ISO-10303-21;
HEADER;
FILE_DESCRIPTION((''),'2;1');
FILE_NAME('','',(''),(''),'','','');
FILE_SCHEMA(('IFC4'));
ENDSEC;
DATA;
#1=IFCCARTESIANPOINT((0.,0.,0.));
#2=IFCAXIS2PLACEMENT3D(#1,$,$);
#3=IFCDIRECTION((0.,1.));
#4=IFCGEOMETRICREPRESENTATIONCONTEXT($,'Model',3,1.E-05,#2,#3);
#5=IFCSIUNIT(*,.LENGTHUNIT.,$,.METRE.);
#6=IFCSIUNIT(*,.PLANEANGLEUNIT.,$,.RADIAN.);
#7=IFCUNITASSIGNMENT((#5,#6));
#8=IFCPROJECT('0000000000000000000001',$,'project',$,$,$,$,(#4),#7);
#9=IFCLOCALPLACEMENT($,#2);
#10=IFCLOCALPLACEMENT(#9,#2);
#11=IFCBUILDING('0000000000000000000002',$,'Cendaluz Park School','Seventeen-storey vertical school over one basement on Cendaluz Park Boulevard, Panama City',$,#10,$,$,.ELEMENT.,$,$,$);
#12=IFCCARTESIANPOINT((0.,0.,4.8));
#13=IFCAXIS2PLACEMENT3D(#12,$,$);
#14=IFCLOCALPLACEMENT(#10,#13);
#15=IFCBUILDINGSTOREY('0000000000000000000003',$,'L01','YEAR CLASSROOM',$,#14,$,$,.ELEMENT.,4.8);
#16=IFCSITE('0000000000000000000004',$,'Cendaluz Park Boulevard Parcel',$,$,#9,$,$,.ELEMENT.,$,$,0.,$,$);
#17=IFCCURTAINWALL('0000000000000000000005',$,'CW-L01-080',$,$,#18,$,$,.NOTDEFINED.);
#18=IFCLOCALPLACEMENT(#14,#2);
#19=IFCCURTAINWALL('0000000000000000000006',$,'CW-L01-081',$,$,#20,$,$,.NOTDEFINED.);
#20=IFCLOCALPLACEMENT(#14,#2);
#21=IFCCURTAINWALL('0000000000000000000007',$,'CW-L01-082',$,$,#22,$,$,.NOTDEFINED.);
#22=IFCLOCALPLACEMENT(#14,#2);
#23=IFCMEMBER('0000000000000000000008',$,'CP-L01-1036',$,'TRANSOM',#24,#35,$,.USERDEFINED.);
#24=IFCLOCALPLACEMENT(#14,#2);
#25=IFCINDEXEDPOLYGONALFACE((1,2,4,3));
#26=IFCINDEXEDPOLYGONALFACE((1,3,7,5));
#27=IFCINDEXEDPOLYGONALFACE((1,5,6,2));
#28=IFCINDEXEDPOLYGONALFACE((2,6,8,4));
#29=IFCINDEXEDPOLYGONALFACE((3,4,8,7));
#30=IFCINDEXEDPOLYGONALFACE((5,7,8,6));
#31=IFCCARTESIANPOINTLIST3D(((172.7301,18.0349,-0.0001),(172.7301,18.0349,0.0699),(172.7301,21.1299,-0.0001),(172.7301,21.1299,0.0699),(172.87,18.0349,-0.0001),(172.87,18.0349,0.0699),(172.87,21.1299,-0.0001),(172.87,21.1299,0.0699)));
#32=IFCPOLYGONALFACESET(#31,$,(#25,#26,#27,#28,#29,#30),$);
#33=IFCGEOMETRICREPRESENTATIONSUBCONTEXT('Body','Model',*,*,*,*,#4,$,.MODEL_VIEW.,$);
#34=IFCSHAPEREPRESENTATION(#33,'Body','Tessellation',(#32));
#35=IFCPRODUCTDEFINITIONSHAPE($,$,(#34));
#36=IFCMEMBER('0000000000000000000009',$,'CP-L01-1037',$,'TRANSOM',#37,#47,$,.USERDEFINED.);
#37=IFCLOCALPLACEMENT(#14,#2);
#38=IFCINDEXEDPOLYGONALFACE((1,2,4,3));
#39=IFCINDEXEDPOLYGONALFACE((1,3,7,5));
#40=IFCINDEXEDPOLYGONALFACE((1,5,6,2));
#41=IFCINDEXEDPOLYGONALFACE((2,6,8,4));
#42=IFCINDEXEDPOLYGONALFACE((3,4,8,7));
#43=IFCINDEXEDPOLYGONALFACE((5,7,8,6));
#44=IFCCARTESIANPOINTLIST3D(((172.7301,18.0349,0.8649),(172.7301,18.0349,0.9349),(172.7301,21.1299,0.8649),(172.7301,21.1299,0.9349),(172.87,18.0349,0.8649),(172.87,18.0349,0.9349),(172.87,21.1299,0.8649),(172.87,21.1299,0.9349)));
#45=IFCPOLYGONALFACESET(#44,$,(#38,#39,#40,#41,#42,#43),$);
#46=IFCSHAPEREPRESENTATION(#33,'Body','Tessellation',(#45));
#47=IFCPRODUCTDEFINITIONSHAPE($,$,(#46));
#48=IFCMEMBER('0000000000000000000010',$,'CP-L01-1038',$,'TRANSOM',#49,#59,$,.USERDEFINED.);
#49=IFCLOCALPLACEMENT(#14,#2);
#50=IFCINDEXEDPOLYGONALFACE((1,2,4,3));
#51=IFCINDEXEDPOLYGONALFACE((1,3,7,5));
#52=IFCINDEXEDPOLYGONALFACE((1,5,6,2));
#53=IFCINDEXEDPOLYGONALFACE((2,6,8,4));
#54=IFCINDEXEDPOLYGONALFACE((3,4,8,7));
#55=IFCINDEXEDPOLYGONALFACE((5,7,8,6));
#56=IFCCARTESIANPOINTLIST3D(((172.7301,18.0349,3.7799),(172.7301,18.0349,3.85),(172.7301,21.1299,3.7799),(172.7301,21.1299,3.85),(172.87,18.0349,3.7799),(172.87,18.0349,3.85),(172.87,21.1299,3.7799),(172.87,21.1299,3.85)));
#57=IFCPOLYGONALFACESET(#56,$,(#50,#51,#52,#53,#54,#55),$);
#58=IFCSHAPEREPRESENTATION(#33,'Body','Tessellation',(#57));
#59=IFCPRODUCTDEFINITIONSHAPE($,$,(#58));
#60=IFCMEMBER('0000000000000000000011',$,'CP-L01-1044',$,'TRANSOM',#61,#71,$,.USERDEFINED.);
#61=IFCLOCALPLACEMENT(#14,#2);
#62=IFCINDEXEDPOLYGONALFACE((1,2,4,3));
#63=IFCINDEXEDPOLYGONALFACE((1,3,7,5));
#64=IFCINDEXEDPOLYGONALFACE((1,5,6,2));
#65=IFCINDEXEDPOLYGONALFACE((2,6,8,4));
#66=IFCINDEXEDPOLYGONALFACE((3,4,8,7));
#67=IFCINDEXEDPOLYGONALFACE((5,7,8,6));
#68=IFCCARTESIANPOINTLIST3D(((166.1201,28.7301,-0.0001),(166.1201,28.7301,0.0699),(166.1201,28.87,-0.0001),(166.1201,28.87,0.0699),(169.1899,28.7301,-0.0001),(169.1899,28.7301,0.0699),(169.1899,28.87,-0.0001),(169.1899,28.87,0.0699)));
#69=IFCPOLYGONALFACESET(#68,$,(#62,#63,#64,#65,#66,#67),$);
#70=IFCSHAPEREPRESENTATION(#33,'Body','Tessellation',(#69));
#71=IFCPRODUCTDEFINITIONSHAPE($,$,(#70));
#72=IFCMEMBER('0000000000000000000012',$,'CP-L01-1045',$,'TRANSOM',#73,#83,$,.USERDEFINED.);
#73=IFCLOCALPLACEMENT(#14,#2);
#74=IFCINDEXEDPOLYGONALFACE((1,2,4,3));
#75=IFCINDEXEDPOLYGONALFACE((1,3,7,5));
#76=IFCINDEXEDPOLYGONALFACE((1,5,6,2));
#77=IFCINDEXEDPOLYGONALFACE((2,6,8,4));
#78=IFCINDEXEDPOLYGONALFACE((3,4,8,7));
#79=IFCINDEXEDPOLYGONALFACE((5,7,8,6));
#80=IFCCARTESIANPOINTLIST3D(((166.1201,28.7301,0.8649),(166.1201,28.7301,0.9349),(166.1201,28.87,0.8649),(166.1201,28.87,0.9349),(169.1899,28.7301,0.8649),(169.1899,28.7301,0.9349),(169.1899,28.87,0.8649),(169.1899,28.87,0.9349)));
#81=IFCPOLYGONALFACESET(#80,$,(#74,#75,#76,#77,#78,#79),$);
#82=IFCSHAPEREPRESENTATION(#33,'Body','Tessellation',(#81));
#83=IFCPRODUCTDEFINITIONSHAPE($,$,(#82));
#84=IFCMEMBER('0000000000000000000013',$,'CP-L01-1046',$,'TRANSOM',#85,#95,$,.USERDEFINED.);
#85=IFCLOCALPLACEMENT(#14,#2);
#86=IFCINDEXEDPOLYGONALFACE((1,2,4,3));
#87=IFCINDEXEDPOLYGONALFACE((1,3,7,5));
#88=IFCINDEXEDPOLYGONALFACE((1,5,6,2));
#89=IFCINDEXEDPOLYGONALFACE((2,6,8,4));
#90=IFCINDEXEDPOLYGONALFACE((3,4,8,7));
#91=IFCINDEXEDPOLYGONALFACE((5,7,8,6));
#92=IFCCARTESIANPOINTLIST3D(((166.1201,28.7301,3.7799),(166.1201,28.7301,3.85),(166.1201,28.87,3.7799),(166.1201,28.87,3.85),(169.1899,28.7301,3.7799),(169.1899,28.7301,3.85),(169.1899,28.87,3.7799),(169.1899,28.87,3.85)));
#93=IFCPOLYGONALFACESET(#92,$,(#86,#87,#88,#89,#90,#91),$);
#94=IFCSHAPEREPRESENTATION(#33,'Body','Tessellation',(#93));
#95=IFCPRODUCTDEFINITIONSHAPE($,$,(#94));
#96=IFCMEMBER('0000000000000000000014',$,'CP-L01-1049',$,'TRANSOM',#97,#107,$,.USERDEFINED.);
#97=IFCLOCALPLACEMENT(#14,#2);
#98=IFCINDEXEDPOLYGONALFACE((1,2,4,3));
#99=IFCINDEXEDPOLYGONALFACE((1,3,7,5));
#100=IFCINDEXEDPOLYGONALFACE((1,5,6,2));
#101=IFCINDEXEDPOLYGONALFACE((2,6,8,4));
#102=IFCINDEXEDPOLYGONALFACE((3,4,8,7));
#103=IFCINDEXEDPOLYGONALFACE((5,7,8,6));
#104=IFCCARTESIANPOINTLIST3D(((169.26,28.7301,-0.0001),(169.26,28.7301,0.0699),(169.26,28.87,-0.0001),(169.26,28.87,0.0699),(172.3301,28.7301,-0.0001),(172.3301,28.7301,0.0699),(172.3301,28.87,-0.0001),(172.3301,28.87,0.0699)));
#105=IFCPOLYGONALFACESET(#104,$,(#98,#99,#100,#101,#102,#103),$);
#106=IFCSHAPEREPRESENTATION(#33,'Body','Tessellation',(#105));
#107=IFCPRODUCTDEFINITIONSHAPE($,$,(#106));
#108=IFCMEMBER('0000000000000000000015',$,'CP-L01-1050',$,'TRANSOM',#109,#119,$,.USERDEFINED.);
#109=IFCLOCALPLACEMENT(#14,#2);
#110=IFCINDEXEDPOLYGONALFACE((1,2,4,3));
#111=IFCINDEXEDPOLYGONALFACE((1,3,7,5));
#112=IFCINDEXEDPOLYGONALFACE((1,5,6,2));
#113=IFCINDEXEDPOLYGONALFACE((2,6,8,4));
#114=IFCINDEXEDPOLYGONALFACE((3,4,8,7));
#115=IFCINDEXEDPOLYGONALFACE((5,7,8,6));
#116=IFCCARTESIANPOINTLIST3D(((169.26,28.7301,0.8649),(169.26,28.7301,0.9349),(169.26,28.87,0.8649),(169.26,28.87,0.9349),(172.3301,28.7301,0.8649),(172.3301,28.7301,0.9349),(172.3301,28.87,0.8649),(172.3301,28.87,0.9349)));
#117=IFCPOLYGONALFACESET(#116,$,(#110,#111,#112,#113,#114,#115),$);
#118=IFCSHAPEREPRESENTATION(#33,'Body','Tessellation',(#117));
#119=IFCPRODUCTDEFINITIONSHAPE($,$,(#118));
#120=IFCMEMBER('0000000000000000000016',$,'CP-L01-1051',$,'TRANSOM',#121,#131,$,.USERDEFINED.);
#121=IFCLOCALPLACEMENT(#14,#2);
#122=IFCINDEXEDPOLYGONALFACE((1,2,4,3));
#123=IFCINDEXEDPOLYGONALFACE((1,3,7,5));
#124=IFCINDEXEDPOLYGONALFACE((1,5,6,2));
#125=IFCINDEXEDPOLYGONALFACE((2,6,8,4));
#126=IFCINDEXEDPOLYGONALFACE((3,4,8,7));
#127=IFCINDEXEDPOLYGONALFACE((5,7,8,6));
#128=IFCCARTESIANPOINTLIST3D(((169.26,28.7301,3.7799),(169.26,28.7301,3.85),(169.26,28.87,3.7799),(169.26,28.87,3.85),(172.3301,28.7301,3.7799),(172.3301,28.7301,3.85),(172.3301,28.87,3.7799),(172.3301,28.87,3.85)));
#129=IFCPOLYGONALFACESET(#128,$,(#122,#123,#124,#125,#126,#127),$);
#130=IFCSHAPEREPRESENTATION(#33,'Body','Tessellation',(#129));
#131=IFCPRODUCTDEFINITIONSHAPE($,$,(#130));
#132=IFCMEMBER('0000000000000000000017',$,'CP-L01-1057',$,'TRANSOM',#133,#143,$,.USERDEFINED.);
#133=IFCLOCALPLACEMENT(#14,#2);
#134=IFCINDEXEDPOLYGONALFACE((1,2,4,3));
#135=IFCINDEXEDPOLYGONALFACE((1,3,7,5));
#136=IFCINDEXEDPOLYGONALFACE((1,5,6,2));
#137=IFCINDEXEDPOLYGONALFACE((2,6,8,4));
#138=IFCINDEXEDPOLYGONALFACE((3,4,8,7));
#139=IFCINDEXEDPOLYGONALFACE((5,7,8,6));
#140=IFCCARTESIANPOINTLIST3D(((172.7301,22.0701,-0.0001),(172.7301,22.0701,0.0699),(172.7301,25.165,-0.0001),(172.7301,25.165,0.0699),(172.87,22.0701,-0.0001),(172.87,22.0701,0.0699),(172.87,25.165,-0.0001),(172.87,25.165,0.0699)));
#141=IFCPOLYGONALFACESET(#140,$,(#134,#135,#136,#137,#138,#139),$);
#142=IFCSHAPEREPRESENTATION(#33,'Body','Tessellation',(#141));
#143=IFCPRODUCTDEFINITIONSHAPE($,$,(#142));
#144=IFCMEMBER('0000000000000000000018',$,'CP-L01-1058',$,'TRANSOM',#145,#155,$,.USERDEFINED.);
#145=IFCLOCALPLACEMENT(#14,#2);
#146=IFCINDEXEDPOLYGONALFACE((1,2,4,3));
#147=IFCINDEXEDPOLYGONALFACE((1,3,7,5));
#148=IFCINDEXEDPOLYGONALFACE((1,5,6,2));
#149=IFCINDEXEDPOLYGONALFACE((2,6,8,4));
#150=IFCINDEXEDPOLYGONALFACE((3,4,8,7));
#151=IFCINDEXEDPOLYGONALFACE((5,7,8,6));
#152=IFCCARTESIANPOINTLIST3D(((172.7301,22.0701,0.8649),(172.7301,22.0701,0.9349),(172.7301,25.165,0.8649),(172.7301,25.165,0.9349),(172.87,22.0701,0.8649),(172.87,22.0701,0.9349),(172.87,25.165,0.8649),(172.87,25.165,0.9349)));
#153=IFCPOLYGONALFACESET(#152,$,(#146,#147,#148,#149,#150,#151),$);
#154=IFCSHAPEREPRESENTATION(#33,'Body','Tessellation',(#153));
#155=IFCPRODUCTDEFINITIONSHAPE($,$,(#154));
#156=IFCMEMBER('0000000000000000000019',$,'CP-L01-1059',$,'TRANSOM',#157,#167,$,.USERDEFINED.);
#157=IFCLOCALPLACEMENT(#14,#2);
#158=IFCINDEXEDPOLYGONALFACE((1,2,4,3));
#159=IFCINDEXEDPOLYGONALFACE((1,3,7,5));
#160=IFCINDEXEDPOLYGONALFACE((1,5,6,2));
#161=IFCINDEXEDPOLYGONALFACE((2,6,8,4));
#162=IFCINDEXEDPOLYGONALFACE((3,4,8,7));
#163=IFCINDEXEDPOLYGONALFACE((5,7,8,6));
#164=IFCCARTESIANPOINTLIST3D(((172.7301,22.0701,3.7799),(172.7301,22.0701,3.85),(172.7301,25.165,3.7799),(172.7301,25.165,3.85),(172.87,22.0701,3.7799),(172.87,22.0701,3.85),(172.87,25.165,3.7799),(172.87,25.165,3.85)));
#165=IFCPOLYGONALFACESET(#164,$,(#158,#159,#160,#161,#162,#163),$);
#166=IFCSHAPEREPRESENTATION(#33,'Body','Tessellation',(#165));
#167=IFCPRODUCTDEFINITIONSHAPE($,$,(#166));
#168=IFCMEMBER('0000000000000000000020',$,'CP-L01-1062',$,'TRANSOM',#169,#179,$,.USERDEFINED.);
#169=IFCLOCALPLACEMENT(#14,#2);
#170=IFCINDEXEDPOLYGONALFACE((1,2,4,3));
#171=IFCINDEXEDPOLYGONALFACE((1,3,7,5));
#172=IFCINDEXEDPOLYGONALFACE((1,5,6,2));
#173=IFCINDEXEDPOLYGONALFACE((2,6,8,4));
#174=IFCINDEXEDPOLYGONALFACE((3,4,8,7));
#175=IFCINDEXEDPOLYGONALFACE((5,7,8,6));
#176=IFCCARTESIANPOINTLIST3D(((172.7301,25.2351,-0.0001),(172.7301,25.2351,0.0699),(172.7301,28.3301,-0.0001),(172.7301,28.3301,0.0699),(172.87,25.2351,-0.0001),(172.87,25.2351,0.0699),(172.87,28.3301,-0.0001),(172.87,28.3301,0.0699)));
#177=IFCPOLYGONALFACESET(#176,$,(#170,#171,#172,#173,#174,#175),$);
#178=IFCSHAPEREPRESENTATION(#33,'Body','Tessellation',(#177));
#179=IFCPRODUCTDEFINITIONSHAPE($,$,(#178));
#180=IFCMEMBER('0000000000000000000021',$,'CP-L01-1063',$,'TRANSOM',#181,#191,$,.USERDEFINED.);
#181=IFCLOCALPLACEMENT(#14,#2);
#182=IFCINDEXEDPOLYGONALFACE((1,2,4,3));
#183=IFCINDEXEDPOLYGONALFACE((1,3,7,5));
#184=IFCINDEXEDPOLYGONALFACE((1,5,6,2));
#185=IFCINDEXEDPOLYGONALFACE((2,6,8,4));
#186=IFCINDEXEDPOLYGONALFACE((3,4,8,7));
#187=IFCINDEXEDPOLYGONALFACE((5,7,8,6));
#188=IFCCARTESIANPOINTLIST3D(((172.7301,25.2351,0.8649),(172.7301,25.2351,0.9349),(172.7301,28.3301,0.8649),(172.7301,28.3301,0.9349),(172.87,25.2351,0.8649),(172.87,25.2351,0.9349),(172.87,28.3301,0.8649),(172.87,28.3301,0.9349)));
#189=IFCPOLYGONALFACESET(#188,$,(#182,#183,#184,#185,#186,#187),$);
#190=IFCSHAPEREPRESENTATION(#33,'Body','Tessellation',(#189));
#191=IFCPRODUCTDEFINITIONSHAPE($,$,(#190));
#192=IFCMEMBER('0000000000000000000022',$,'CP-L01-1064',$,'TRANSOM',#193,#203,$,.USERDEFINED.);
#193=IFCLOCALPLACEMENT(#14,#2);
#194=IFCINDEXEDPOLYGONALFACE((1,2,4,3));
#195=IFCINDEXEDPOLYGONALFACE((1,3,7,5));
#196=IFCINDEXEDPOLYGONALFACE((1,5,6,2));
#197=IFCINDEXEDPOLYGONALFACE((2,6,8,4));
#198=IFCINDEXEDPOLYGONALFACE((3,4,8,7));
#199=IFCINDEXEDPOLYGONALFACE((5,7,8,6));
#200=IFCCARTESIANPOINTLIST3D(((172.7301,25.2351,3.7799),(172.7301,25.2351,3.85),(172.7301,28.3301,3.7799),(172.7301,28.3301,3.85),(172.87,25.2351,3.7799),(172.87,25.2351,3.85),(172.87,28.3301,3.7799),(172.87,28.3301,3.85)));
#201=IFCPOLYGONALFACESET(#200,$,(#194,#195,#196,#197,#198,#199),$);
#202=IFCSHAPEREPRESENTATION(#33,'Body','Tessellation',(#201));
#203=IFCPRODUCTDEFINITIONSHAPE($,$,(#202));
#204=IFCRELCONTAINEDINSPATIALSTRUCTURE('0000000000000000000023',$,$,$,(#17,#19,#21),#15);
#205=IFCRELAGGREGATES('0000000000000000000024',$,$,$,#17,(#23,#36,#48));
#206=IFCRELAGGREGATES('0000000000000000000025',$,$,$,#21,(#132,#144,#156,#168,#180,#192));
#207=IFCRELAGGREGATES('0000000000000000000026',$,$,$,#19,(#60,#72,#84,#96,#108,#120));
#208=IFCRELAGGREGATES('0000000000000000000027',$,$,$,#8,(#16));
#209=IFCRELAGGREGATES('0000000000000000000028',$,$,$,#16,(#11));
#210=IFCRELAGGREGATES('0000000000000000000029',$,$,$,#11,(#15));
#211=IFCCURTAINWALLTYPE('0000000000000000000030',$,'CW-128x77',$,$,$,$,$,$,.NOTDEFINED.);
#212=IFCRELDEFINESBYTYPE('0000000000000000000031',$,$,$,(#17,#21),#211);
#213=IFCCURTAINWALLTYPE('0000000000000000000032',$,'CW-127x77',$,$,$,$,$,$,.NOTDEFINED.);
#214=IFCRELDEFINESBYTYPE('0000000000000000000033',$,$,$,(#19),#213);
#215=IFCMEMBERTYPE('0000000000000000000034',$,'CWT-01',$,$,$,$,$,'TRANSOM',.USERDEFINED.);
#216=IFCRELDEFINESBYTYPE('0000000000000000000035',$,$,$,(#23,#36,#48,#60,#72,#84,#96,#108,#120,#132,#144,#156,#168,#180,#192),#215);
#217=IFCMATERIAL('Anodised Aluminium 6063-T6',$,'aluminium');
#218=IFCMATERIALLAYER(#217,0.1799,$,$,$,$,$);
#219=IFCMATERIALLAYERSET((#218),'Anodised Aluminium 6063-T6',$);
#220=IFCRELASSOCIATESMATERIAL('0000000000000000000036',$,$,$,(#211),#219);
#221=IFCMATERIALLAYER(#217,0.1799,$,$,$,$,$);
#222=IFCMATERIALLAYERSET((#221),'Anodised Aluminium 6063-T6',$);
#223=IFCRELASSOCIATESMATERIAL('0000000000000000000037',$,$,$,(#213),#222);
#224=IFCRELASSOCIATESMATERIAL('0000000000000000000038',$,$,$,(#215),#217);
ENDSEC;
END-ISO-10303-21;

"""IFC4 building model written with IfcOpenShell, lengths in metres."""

from ifc_helpers import new_model, si_unit, direction, frame, origin, origin_2d, place, context, subcontext, project, spatial, rectangle, extrude, material, layer, layer_set, material_profile, profile_set, type_object, element, aggregate, save


model = new_model("IFC4")

# Units and contexts
model_context = context("Model", 3, precision=1e-05, world=origin(), true_north=direction((0.0, 1.0)))
body_context = subcontext(model_context, "Body", "Model", "MODEL_VIEW")
ifc_project = project(units=[si_unit("LENGTHUNIT", "METRE"), si_unit("PLANEANGLEUNIT", "RADIAN")], contexts=[model_context])

# Site, building, storey
site_placement = place(None, origin())
site = spatial("IfcSite", under=ifc_project, at=site_placement, Name="Cendaluz Park Boulevard Parcel", CompositionType="ELEMENT", RefElevation=0.0)
building_placement = place(site_placement, origin())
building = spatial("IfcBuilding", under=site, at=building_placement, Name="Cendaluz Park School", Description="Seventeen-storey vertical school over one basement on Cendaluz Park Boulevard, Panama City", CompositionType="ELEMENT")
storey_placement = place(building_placement, frame((0.0, 0.0, 4.8)))
storey = spatial("IfcBuildingStorey", under=building, at=storey_placement, Name="L01", Description="YEAR CLASSROOM", CompositionType="ELEMENT", Elevation=4.8)

# Curtain walls
ifc_material_1 = material(Name="Anodised Aluminium 6063-T6", Category="aluminium")
ifc_layer_1 = layer(ifc_material_1, 0.1799)
ifc_layer_set_1 = layer_set([ifc_layer_1], Name="Anodised Aluminium 6063-T6")
curtain_wall_type_1 = type_object("IfcCurtainWallType", Name="CW-128x77", PredefinedType="NOTDEFINED", material=ifc_layer_set_1)
curtain_wall_1_placement = place(storey_placement, origin())
curtain_wall_1 = element("IfcCurtainWall", 1, at=curtain_wall_1_placement, inside=storey, type_object=curtain_wall_type_1, Name="CW-L01-080", PredefinedType="NOTDEFINED")
ifc_layer_2 = layer(ifc_material_1, 0.1799)
ifc_layer_set_2 = layer_set([ifc_layer_2], Name="Anodised Aluminium 6063-T6")
curtain_wall_type_2 = type_object("IfcCurtainWallType", Name="CW-127x77", PredefinedType="NOTDEFINED", material=ifc_layer_set_2)
curtain_wall_2_placement = place(storey_placement, origin())
curtain_wall_2 = element("IfcCurtainWall", 2, at=curtain_wall_2_placement, inside=storey, type_object=curtain_wall_type_2, Name="CW-L01-081", PredefinedType="NOTDEFINED")
curtain_wall_3_placement = place(storey_placement, origin())
curtain_wall_3 = element("IfcCurtainWall", 3, at=curtain_wall_3_placement, inside=storey, type_object=curtain_wall_type_1, Name="CW-L01-082", PredefinedType="NOTDEFINED")

# Members
ifc_material_profile_1 = material_profile(ifc_material_1, rectangle(XDim=0.1399, YDim=0.0701, at=origin_2d()), Name="CWT 140x70", Category="aluminium")
ifc_profile_set_1 = profile_set([ifc_material_profile_1], Name="Anodised Aluminium 6063-T6")
member_type_1 = type_object("IfcMemberType", Name="CWT-01", ElementType="TRANSOM", PredefinedType="USERDEFINED", material=ifc_profile_set_1)
member_1_placement = place(storey_placement, frame((172.8, 18.0349, 0.0349), z_axis=(0.0, 1.0, 0.0), x_axis=(-1.0, 0.0, 0.0)))
member_1 = element("IfcMember", 4, at=member_1_placement, type_object=member_type_1, Name="CP-L01-1036", ObjectType="TRANSOM", PredefinedType="USERDEFINED", context=body_context, shape_type="SweptSolid", body=[
    extrude(rectangle(XDim=0.1399, YDim=0.0701, at=origin_2d()), origin(), (0.0, 0.0, 1.0), 3.095),
])
member_2_placement = place(storey_placement, frame((172.8, 18.0349, 0.8999), z_axis=(0.0, 1.0, 0.0), x_axis=(-1.0, 0.0, 0.0)))
member_2 = element("IfcMember", 5, at=member_2_placement, type_object=member_type_1, Name="CP-L01-1037", ObjectType="TRANSOM", PredefinedType="USERDEFINED", context=body_context, shape_type="SweptSolid", body=[
    extrude(rectangle(XDim=0.1399, YDim=0.0701, at=origin_2d()), origin(), (0.0, 0.0, 1.0), 3.095),
])
member_3_placement = place(storey_placement, frame((172.8, 18.0349, 3.8149), z_axis=(0.0, 1.0, 0.0), x_axis=(-1.0, 0.0, 0.0)))
member_3 = element("IfcMember", 6, at=member_3_placement, type_object=member_type_1, Name="CP-L01-1038", ObjectType="TRANSOM", PredefinedType="USERDEFINED", context=body_context, shape_type="SweptSolid", body=[
    extrude(rectangle(XDim=0.1399, YDim=0.0701, at=origin_2d()), origin(), (0.0, 0.0, 1.0), 3.095),
])
member_4_placement = place(storey_placement, frame((166.1201, 28.8, 0.0349), z_axis=(1.0, 0.0, 0.0), x_axis=(0.0, 1.0, 0.0)))
member_4 = element("IfcMember", 7, at=member_4_placement, type_object=member_type_1, Name="CP-L01-1044", ObjectType="TRANSOM", PredefinedType="USERDEFINED", context=body_context, shape_type="SweptSolid", body=[
    extrude(rectangle(XDim=0.1399, YDim=0.0701, at=origin_2d()), origin(), (0.0, 0.0, 1.0), 3.0698),
])
member_5_placement = place(storey_placement, frame((166.1201, 28.8, 0.8999), z_axis=(1.0, 0.0, 0.0), x_axis=(0.0, 1.0, 0.0)))
member_5 = element("IfcMember", 8, at=member_5_placement, type_object=member_type_1, Name="CP-L01-1045", ObjectType="TRANSOM", PredefinedType="USERDEFINED", context=body_context, shape_type="SweptSolid", body=[
    extrude(rectangle(XDim=0.1399, YDim=0.0701, at=origin_2d()), origin(), (0.0, 0.0, 1.0), 3.0698),
])
member_6_placement = place(storey_placement, frame((166.1201, 28.8, 3.8149), z_axis=(1.0, 0.0, 0.0), x_axis=(0.0, 1.0, 0.0)))
member_6 = element("IfcMember", 9, at=member_6_placement, type_object=member_type_1, Name="CP-L01-1046", ObjectType="TRANSOM", PredefinedType="USERDEFINED", context=body_context, shape_type="SweptSolid", body=[
    extrude(rectangle(XDim=0.1399, YDim=0.0701, at=origin_2d()), origin(), (0.0, 0.0, 1.0), 3.0698),
])
member_7_placement = place(storey_placement, frame((169.26, 28.8, 0.0349), z_axis=(1.0, 0.0, 0.0), x_axis=(0.0, 1.0, 0.0)))
member_7 = element("IfcMember", 10, at=member_7_placement, type_object=member_type_1, Name="CP-L01-1049", ObjectType="TRANSOM", PredefinedType="USERDEFINED", context=body_context, shape_type="SweptSolid", body=[
    extrude(rectangle(XDim=0.1399, YDim=0.0701, at=origin_2d()), origin(), (0.0, 0.0, 1.0), 3.0701),
])
member_8_placement = place(storey_placement, frame((169.26, 28.8, 0.8999), z_axis=(1.0, 0.0, 0.0), x_axis=(0.0, 1.0, 0.0)))
member_8 = element("IfcMember", 11, at=member_8_placement, type_object=member_type_1, Name="CP-L01-1050", ObjectType="TRANSOM", PredefinedType="USERDEFINED", context=body_context, shape_type="SweptSolid", body=[
    extrude(rectangle(XDim=0.1399, YDim=0.0701, at=origin_2d()), origin(), (0.0, 0.0, 1.0), 3.0701),
])
member_9_placement = place(storey_placement, frame((169.26, 28.8, 3.8149), z_axis=(1.0, 0.0, 0.0), x_axis=(0.0, 1.0, 0.0)))
member_9 = element("IfcMember", 12, at=member_9_placement, type_object=member_type_1, Name="CP-L01-1051", ObjectType="TRANSOM", PredefinedType="USERDEFINED", context=body_context, shape_type="SweptSolid", body=[
    extrude(rectangle(XDim=0.1399, YDim=0.0701, at=origin_2d()), origin(), (0.0, 0.0, 1.0), 3.0701),
])
member_10_placement = place(storey_placement, frame((172.8, 22.0701, 0.0349), z_axis=(0.0, 1.0, 0.0), x_axis=(-1.0, 0.0, 0.0)))
member_10 = element("IfcMember", 13, at=member_10_placement, type_object=member_type_1, Name="CP-L01-1057", ObjectType="TRANSOM", PredefinedType="USERDEFINED", context=body_context, shape_type="SweptSolid", body=[
    extrude(rectangle(XDim=0.1399, YDim=0.0701, at=origin_2d()), origin(), (0.0, 0.0, 1.0), 3.095),
])
member_11_placement = place(storey_placement, frame((172.8, 22.0701, 0.8999), z_axis=(0.0, 1.0, 0.0), x_axis=(-1.0, 0.0, 0.0)))
member_11 = element("IfcMember", 14, at=member_11_placement, type_object=member_type_1, Name="CP-L01-1058", ObjectType="TRANSOM", PredefinedType="USERDEFINED", context=body_context, shape_type="SweptSolid", body=[
    extrude(rectangle(XDim=0.1399, YDim=0.0701, at=origin_2d()), origin(), (0.0, 0.0, 1.0), 3.095),
])
member_12_placement = place(storey_placement, frame((172.8, 22.0701, 3.8149), z_axis=(0.0, 1.0, 0.0), x_axis=(-1.0, 0.0, 0.0)))
member_12 = element("IfcMember", 15, at=member_12_placement, type_object=member_type_1, Name="CP-L01-1059", ObjectType="TRANSOM", PredefinedType="USERDEFINED", context=body_context, shape_type="SweptSolid", body=[
    extrude(rectangle(XDim=0.1399, YDim=0.0701, at=origin_2d()), origin(), (0.0, 0.0, 1.0), 3.095),
])
member_13_placement = place(storey_placement, frame((172.8, 25.2351, 0.0349), z_axis=(0.0, 1.0, 0.0), x_axis=(-1.0, 0.0, 0.0)))
member_13 = element("IfcMember", 16, at=member_13_placement, type_object=member_type_1, Name="CP-L01-1062", ObjectType="TRANSOM", PredefinedType="USERDEFINED", context=body_context, shape_type="SweptSolid", body=[
    extrude(rectangle(XDim=0.1399, YDim=0.0701, at=origin_2d()), origin(), (0.0, 0.0, 1.0), 3.095),
])
member_14_placement = place(storey_placement, frame((172.8, 25.2351, 0.8999), z_axis=(0.0, 1.0, 0.0), x_axis=(-1.0, 0.0, 0.0)))
member_14 = element("IfcMember", 17, at=member_14_placement, type_object=member_type_1, Name="CP-L01-1063", ObjectType="TRANSOM", PredefinedType="USERDEFINED", context=body_context, shape_type="SweptSolid", body=[
    extrude(rectangle(XDim=0.1399, YDim=0.0701, at=origin_2d()), origin(), (0.0, 0.0, 1.0), 3.095),
])
member_15_placement = place(storey_placement, frame((172.8, 25.2351, 3.8149), z_axis=(0.0, 1.0, 0.0), x_axis=(-1.0, 0.0, 0.0)))
member_15 = element("IfcMember", 18, at=member_15_placement, type_object=member_type_1, Name="CP-L01-1064", ObjectType="TRANSOM", PredefinedType="USERDEFINED", context=body_context, shape_type="SweptSolid", body=[
    extrude(rectangle(XDim=0.1399, YDim=0.0701, at=origin_2d()), origin(), (0.0, 0.0, 1.0), 3.095),
])

aggregate(curtain_wall_1, [member_1, member_2, member_3])
aggregate(curtain_wall_3, [member_10, member_11, member_12, member_13, member_14, member_15])
aggregate(curtain_wall_2, [member_4, member_5, member_6, member_7, member_8, member_9])

save(model, "model.ifc")
